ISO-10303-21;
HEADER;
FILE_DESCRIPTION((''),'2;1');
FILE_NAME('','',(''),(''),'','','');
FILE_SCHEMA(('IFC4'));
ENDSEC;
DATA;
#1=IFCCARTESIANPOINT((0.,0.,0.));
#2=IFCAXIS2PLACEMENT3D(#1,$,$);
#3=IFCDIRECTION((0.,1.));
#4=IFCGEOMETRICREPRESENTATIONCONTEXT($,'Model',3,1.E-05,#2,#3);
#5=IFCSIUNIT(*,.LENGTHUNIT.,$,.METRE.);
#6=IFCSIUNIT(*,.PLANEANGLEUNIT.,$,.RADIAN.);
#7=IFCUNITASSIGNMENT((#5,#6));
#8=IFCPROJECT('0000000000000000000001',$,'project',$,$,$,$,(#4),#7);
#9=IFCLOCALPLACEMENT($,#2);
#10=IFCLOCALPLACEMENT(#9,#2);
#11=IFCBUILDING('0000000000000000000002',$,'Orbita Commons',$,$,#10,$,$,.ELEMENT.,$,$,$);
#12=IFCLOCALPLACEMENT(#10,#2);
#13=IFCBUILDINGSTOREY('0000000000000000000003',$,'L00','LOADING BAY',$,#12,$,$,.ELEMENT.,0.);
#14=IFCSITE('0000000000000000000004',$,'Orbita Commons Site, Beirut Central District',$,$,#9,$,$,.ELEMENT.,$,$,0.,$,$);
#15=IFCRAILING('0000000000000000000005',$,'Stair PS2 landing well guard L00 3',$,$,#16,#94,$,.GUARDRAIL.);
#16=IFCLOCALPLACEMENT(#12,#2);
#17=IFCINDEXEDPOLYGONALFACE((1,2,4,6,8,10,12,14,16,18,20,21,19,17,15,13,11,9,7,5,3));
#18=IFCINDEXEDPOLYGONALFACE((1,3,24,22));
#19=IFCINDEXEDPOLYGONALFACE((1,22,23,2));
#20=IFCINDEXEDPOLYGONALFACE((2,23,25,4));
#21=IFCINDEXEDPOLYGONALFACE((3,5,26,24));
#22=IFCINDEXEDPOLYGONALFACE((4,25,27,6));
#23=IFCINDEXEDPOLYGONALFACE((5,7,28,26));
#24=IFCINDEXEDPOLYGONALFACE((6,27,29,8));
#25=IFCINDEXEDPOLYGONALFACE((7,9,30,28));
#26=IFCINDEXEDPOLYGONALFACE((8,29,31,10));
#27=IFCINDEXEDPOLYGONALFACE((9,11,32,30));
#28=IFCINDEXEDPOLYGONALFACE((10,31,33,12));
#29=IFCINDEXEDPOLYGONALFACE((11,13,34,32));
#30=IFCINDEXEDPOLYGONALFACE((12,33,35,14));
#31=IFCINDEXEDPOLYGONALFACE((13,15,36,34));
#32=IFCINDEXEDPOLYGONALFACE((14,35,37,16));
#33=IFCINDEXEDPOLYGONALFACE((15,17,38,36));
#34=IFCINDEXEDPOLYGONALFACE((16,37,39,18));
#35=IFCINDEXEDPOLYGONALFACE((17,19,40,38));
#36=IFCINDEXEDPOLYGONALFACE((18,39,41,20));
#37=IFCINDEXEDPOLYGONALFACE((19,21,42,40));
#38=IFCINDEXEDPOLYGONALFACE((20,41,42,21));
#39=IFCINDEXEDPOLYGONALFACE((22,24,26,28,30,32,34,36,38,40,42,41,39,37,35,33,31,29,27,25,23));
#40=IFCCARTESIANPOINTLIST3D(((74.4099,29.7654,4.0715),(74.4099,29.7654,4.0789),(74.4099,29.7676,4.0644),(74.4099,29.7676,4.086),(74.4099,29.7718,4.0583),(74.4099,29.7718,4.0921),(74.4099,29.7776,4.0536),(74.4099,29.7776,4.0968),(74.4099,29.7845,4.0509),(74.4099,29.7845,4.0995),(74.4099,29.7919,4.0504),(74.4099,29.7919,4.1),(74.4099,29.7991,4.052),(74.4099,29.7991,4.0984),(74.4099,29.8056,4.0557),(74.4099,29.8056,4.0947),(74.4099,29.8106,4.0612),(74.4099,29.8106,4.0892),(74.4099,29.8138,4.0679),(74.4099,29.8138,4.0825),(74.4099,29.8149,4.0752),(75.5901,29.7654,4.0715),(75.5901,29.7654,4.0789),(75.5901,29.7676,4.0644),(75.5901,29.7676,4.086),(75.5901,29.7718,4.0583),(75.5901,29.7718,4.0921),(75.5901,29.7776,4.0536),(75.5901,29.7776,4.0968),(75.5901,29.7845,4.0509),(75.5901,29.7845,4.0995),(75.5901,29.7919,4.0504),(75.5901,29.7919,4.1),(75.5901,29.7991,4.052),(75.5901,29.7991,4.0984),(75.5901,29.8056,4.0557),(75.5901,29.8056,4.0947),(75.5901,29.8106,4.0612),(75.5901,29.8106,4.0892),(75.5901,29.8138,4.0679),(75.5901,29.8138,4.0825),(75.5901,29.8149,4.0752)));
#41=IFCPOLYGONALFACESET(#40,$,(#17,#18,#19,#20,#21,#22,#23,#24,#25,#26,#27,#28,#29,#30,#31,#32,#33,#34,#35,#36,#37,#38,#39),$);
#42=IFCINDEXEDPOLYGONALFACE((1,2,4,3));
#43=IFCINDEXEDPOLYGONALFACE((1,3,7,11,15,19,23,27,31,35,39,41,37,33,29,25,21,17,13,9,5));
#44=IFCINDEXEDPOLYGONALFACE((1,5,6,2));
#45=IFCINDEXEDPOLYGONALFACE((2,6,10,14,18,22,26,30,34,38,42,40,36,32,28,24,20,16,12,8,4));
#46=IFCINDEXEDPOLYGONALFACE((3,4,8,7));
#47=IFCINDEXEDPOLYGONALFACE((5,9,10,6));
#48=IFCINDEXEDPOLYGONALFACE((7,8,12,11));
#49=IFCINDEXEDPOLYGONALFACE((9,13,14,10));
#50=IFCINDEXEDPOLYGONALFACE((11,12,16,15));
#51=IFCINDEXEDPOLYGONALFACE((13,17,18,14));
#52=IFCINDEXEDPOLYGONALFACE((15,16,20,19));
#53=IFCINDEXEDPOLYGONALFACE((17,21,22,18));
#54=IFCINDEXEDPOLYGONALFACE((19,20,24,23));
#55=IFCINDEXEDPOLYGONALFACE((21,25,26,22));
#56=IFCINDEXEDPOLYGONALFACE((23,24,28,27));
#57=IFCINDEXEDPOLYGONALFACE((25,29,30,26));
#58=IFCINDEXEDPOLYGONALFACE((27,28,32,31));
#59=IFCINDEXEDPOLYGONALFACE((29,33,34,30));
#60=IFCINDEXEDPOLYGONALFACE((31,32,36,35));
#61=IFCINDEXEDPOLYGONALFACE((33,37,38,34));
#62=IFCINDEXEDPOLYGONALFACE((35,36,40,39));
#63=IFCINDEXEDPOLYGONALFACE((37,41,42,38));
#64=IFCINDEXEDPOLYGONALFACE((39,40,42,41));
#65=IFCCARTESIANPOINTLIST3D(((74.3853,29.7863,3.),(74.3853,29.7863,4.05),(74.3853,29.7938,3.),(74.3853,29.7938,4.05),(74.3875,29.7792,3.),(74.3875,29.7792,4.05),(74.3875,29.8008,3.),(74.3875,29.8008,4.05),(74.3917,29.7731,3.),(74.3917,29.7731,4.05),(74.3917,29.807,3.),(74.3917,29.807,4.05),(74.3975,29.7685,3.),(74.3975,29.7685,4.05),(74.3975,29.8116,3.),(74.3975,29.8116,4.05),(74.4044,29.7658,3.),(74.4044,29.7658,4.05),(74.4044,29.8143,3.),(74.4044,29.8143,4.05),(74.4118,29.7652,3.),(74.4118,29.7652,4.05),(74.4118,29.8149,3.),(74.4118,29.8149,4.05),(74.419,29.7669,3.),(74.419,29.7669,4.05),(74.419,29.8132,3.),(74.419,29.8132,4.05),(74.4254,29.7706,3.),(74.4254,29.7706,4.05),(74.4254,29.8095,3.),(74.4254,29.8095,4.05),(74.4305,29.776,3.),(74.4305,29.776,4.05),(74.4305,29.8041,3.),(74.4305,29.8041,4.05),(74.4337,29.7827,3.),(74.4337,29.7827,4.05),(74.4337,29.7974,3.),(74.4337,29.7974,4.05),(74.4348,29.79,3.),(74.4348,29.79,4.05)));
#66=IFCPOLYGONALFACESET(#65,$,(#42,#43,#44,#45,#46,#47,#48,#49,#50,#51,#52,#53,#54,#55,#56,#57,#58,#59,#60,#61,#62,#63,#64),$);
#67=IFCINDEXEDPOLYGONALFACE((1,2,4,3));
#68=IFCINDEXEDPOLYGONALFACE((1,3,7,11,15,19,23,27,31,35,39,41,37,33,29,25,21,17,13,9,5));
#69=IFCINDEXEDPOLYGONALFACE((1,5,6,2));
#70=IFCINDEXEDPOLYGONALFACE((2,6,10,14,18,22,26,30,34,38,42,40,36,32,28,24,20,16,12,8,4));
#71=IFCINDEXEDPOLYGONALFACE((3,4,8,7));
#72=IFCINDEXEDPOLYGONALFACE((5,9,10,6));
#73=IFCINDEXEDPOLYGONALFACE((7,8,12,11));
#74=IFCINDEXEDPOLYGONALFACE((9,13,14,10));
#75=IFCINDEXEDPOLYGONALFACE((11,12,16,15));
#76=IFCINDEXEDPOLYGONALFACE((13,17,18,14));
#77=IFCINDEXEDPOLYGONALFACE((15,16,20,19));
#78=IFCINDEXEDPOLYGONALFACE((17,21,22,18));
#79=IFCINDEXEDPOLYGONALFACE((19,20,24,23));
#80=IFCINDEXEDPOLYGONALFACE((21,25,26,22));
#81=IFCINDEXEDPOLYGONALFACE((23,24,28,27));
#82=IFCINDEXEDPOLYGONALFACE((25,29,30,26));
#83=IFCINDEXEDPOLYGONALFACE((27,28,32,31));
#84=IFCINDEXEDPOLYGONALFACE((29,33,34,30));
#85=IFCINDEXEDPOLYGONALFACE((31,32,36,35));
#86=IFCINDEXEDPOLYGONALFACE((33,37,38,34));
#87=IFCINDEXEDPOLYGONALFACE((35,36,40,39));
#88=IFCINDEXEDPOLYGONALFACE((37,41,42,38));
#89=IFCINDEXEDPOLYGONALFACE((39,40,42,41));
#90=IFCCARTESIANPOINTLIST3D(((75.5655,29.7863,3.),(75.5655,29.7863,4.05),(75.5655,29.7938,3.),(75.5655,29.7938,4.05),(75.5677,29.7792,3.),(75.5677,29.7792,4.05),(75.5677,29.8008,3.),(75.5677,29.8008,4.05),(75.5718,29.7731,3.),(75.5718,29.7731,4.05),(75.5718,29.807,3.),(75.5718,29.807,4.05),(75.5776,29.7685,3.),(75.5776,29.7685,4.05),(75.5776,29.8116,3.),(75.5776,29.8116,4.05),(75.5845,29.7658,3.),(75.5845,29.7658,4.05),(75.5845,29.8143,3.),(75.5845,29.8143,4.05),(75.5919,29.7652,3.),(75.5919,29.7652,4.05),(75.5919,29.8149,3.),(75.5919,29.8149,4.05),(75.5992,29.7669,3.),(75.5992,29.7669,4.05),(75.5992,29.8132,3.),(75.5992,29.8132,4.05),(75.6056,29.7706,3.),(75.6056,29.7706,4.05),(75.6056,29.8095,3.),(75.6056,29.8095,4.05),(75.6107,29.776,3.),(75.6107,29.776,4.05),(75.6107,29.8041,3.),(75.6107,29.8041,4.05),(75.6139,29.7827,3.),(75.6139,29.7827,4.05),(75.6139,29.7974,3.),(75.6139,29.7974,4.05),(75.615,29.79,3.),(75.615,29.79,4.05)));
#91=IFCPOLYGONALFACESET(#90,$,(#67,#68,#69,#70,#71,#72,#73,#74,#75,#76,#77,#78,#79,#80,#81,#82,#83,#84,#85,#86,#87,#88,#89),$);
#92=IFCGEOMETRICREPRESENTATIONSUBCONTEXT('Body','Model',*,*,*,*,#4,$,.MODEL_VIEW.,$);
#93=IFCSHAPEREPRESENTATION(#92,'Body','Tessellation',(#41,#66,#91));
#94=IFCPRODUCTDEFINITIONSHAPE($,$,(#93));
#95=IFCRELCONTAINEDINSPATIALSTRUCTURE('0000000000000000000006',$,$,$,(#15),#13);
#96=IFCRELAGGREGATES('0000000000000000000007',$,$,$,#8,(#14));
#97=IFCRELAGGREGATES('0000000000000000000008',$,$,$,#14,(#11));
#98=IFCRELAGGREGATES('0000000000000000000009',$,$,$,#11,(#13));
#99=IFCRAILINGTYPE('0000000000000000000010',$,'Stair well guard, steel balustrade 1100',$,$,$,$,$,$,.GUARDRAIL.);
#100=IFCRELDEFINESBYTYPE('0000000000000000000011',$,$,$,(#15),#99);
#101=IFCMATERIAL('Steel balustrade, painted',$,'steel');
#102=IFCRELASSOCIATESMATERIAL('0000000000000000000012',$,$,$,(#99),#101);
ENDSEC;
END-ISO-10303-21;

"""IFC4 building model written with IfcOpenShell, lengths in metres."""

from ifc_helpers import new_model, si_unit, direction, frame, origin, origin_2d, place, context, subcontext, project, spatial, circle, extrude, material, type_object, element, save


model = new_model("IFC4")

# Units and contexts
model_context = context("Model", 3, precision=1e-05, world=origin(), true_north=direction((0.0, 1.0)))
body_context = subcontext(model_context, "Body", "Model", "MODEL_VIEW")
ifc_project = project(units=[si_unit("LENGTHUNIT", "METRE"), si_unit("PLANEANGLEUNIT", "RADIAN")], contexts=[model_context])

# Site, building, storey
site_placement = place(None, origin())
site = spatial("IfcSite", under=ifc_project, at=site_placement, Name="Orbita Commons Site, Beirut Central District", CompositionType="ELEMENT", RefElevation=0.0)
building_placement = place(site_placement, origin())
building = spatial("IfcBuilding", under=site, at=building_placement, Name="Orbita Commons", CompositionType="ELEMENT")
storey_placement = place(building_placement, origin())
storey = spatial("IfcBuildingStorey", under=building, at=storey_placement, Name="L00", Description="LOADING BAY", CompositionType="ELEMENT", Elevation=0.0)

# Railing
ifc_material_1 = material(Name="Steel balustrade, painted", Category="steel")
railing_type_1 = type_object("IfcRailingType", Name="Stair well guard, steel balustrade 1100", PredefinedType="GUARDRAIL", material=ifc_material_1)
for number, where, name in (
    (1, (74.4099, 29.79, 3.0), "Stair PS2 landing well guard L00 3"),
):
    element("IfcRailing", number, at=place(storey_placement, frame(where)), inside=storey, type_object=railing_type_1, Name=name, PredefinedType="GUARDRAIL", context=body_context, shape_type="SweptSolid", body=[
        extrude(circle(Radius=0.0249, at=origin_2d()), frame((0.0, 0.0, 1.0752), z_axis=(1.0, 0.0, 0.0), x_axis=(0.0, 1.0, 0.0)), (0.0, 0.0, 1.0), 1.1802),
        extrude(circle(Radius=0.0249, at=origin_2d()), origin(), (0.0, 0.0, 1.0), 1.05),
        extrude(circle(Radius=0.0249, at=origin_2d()), frame((1.1802, 0.0, 0.0)), (0.0, 0.0, 1.0), 1.05),
    ])

save(model, "model.ifc")
